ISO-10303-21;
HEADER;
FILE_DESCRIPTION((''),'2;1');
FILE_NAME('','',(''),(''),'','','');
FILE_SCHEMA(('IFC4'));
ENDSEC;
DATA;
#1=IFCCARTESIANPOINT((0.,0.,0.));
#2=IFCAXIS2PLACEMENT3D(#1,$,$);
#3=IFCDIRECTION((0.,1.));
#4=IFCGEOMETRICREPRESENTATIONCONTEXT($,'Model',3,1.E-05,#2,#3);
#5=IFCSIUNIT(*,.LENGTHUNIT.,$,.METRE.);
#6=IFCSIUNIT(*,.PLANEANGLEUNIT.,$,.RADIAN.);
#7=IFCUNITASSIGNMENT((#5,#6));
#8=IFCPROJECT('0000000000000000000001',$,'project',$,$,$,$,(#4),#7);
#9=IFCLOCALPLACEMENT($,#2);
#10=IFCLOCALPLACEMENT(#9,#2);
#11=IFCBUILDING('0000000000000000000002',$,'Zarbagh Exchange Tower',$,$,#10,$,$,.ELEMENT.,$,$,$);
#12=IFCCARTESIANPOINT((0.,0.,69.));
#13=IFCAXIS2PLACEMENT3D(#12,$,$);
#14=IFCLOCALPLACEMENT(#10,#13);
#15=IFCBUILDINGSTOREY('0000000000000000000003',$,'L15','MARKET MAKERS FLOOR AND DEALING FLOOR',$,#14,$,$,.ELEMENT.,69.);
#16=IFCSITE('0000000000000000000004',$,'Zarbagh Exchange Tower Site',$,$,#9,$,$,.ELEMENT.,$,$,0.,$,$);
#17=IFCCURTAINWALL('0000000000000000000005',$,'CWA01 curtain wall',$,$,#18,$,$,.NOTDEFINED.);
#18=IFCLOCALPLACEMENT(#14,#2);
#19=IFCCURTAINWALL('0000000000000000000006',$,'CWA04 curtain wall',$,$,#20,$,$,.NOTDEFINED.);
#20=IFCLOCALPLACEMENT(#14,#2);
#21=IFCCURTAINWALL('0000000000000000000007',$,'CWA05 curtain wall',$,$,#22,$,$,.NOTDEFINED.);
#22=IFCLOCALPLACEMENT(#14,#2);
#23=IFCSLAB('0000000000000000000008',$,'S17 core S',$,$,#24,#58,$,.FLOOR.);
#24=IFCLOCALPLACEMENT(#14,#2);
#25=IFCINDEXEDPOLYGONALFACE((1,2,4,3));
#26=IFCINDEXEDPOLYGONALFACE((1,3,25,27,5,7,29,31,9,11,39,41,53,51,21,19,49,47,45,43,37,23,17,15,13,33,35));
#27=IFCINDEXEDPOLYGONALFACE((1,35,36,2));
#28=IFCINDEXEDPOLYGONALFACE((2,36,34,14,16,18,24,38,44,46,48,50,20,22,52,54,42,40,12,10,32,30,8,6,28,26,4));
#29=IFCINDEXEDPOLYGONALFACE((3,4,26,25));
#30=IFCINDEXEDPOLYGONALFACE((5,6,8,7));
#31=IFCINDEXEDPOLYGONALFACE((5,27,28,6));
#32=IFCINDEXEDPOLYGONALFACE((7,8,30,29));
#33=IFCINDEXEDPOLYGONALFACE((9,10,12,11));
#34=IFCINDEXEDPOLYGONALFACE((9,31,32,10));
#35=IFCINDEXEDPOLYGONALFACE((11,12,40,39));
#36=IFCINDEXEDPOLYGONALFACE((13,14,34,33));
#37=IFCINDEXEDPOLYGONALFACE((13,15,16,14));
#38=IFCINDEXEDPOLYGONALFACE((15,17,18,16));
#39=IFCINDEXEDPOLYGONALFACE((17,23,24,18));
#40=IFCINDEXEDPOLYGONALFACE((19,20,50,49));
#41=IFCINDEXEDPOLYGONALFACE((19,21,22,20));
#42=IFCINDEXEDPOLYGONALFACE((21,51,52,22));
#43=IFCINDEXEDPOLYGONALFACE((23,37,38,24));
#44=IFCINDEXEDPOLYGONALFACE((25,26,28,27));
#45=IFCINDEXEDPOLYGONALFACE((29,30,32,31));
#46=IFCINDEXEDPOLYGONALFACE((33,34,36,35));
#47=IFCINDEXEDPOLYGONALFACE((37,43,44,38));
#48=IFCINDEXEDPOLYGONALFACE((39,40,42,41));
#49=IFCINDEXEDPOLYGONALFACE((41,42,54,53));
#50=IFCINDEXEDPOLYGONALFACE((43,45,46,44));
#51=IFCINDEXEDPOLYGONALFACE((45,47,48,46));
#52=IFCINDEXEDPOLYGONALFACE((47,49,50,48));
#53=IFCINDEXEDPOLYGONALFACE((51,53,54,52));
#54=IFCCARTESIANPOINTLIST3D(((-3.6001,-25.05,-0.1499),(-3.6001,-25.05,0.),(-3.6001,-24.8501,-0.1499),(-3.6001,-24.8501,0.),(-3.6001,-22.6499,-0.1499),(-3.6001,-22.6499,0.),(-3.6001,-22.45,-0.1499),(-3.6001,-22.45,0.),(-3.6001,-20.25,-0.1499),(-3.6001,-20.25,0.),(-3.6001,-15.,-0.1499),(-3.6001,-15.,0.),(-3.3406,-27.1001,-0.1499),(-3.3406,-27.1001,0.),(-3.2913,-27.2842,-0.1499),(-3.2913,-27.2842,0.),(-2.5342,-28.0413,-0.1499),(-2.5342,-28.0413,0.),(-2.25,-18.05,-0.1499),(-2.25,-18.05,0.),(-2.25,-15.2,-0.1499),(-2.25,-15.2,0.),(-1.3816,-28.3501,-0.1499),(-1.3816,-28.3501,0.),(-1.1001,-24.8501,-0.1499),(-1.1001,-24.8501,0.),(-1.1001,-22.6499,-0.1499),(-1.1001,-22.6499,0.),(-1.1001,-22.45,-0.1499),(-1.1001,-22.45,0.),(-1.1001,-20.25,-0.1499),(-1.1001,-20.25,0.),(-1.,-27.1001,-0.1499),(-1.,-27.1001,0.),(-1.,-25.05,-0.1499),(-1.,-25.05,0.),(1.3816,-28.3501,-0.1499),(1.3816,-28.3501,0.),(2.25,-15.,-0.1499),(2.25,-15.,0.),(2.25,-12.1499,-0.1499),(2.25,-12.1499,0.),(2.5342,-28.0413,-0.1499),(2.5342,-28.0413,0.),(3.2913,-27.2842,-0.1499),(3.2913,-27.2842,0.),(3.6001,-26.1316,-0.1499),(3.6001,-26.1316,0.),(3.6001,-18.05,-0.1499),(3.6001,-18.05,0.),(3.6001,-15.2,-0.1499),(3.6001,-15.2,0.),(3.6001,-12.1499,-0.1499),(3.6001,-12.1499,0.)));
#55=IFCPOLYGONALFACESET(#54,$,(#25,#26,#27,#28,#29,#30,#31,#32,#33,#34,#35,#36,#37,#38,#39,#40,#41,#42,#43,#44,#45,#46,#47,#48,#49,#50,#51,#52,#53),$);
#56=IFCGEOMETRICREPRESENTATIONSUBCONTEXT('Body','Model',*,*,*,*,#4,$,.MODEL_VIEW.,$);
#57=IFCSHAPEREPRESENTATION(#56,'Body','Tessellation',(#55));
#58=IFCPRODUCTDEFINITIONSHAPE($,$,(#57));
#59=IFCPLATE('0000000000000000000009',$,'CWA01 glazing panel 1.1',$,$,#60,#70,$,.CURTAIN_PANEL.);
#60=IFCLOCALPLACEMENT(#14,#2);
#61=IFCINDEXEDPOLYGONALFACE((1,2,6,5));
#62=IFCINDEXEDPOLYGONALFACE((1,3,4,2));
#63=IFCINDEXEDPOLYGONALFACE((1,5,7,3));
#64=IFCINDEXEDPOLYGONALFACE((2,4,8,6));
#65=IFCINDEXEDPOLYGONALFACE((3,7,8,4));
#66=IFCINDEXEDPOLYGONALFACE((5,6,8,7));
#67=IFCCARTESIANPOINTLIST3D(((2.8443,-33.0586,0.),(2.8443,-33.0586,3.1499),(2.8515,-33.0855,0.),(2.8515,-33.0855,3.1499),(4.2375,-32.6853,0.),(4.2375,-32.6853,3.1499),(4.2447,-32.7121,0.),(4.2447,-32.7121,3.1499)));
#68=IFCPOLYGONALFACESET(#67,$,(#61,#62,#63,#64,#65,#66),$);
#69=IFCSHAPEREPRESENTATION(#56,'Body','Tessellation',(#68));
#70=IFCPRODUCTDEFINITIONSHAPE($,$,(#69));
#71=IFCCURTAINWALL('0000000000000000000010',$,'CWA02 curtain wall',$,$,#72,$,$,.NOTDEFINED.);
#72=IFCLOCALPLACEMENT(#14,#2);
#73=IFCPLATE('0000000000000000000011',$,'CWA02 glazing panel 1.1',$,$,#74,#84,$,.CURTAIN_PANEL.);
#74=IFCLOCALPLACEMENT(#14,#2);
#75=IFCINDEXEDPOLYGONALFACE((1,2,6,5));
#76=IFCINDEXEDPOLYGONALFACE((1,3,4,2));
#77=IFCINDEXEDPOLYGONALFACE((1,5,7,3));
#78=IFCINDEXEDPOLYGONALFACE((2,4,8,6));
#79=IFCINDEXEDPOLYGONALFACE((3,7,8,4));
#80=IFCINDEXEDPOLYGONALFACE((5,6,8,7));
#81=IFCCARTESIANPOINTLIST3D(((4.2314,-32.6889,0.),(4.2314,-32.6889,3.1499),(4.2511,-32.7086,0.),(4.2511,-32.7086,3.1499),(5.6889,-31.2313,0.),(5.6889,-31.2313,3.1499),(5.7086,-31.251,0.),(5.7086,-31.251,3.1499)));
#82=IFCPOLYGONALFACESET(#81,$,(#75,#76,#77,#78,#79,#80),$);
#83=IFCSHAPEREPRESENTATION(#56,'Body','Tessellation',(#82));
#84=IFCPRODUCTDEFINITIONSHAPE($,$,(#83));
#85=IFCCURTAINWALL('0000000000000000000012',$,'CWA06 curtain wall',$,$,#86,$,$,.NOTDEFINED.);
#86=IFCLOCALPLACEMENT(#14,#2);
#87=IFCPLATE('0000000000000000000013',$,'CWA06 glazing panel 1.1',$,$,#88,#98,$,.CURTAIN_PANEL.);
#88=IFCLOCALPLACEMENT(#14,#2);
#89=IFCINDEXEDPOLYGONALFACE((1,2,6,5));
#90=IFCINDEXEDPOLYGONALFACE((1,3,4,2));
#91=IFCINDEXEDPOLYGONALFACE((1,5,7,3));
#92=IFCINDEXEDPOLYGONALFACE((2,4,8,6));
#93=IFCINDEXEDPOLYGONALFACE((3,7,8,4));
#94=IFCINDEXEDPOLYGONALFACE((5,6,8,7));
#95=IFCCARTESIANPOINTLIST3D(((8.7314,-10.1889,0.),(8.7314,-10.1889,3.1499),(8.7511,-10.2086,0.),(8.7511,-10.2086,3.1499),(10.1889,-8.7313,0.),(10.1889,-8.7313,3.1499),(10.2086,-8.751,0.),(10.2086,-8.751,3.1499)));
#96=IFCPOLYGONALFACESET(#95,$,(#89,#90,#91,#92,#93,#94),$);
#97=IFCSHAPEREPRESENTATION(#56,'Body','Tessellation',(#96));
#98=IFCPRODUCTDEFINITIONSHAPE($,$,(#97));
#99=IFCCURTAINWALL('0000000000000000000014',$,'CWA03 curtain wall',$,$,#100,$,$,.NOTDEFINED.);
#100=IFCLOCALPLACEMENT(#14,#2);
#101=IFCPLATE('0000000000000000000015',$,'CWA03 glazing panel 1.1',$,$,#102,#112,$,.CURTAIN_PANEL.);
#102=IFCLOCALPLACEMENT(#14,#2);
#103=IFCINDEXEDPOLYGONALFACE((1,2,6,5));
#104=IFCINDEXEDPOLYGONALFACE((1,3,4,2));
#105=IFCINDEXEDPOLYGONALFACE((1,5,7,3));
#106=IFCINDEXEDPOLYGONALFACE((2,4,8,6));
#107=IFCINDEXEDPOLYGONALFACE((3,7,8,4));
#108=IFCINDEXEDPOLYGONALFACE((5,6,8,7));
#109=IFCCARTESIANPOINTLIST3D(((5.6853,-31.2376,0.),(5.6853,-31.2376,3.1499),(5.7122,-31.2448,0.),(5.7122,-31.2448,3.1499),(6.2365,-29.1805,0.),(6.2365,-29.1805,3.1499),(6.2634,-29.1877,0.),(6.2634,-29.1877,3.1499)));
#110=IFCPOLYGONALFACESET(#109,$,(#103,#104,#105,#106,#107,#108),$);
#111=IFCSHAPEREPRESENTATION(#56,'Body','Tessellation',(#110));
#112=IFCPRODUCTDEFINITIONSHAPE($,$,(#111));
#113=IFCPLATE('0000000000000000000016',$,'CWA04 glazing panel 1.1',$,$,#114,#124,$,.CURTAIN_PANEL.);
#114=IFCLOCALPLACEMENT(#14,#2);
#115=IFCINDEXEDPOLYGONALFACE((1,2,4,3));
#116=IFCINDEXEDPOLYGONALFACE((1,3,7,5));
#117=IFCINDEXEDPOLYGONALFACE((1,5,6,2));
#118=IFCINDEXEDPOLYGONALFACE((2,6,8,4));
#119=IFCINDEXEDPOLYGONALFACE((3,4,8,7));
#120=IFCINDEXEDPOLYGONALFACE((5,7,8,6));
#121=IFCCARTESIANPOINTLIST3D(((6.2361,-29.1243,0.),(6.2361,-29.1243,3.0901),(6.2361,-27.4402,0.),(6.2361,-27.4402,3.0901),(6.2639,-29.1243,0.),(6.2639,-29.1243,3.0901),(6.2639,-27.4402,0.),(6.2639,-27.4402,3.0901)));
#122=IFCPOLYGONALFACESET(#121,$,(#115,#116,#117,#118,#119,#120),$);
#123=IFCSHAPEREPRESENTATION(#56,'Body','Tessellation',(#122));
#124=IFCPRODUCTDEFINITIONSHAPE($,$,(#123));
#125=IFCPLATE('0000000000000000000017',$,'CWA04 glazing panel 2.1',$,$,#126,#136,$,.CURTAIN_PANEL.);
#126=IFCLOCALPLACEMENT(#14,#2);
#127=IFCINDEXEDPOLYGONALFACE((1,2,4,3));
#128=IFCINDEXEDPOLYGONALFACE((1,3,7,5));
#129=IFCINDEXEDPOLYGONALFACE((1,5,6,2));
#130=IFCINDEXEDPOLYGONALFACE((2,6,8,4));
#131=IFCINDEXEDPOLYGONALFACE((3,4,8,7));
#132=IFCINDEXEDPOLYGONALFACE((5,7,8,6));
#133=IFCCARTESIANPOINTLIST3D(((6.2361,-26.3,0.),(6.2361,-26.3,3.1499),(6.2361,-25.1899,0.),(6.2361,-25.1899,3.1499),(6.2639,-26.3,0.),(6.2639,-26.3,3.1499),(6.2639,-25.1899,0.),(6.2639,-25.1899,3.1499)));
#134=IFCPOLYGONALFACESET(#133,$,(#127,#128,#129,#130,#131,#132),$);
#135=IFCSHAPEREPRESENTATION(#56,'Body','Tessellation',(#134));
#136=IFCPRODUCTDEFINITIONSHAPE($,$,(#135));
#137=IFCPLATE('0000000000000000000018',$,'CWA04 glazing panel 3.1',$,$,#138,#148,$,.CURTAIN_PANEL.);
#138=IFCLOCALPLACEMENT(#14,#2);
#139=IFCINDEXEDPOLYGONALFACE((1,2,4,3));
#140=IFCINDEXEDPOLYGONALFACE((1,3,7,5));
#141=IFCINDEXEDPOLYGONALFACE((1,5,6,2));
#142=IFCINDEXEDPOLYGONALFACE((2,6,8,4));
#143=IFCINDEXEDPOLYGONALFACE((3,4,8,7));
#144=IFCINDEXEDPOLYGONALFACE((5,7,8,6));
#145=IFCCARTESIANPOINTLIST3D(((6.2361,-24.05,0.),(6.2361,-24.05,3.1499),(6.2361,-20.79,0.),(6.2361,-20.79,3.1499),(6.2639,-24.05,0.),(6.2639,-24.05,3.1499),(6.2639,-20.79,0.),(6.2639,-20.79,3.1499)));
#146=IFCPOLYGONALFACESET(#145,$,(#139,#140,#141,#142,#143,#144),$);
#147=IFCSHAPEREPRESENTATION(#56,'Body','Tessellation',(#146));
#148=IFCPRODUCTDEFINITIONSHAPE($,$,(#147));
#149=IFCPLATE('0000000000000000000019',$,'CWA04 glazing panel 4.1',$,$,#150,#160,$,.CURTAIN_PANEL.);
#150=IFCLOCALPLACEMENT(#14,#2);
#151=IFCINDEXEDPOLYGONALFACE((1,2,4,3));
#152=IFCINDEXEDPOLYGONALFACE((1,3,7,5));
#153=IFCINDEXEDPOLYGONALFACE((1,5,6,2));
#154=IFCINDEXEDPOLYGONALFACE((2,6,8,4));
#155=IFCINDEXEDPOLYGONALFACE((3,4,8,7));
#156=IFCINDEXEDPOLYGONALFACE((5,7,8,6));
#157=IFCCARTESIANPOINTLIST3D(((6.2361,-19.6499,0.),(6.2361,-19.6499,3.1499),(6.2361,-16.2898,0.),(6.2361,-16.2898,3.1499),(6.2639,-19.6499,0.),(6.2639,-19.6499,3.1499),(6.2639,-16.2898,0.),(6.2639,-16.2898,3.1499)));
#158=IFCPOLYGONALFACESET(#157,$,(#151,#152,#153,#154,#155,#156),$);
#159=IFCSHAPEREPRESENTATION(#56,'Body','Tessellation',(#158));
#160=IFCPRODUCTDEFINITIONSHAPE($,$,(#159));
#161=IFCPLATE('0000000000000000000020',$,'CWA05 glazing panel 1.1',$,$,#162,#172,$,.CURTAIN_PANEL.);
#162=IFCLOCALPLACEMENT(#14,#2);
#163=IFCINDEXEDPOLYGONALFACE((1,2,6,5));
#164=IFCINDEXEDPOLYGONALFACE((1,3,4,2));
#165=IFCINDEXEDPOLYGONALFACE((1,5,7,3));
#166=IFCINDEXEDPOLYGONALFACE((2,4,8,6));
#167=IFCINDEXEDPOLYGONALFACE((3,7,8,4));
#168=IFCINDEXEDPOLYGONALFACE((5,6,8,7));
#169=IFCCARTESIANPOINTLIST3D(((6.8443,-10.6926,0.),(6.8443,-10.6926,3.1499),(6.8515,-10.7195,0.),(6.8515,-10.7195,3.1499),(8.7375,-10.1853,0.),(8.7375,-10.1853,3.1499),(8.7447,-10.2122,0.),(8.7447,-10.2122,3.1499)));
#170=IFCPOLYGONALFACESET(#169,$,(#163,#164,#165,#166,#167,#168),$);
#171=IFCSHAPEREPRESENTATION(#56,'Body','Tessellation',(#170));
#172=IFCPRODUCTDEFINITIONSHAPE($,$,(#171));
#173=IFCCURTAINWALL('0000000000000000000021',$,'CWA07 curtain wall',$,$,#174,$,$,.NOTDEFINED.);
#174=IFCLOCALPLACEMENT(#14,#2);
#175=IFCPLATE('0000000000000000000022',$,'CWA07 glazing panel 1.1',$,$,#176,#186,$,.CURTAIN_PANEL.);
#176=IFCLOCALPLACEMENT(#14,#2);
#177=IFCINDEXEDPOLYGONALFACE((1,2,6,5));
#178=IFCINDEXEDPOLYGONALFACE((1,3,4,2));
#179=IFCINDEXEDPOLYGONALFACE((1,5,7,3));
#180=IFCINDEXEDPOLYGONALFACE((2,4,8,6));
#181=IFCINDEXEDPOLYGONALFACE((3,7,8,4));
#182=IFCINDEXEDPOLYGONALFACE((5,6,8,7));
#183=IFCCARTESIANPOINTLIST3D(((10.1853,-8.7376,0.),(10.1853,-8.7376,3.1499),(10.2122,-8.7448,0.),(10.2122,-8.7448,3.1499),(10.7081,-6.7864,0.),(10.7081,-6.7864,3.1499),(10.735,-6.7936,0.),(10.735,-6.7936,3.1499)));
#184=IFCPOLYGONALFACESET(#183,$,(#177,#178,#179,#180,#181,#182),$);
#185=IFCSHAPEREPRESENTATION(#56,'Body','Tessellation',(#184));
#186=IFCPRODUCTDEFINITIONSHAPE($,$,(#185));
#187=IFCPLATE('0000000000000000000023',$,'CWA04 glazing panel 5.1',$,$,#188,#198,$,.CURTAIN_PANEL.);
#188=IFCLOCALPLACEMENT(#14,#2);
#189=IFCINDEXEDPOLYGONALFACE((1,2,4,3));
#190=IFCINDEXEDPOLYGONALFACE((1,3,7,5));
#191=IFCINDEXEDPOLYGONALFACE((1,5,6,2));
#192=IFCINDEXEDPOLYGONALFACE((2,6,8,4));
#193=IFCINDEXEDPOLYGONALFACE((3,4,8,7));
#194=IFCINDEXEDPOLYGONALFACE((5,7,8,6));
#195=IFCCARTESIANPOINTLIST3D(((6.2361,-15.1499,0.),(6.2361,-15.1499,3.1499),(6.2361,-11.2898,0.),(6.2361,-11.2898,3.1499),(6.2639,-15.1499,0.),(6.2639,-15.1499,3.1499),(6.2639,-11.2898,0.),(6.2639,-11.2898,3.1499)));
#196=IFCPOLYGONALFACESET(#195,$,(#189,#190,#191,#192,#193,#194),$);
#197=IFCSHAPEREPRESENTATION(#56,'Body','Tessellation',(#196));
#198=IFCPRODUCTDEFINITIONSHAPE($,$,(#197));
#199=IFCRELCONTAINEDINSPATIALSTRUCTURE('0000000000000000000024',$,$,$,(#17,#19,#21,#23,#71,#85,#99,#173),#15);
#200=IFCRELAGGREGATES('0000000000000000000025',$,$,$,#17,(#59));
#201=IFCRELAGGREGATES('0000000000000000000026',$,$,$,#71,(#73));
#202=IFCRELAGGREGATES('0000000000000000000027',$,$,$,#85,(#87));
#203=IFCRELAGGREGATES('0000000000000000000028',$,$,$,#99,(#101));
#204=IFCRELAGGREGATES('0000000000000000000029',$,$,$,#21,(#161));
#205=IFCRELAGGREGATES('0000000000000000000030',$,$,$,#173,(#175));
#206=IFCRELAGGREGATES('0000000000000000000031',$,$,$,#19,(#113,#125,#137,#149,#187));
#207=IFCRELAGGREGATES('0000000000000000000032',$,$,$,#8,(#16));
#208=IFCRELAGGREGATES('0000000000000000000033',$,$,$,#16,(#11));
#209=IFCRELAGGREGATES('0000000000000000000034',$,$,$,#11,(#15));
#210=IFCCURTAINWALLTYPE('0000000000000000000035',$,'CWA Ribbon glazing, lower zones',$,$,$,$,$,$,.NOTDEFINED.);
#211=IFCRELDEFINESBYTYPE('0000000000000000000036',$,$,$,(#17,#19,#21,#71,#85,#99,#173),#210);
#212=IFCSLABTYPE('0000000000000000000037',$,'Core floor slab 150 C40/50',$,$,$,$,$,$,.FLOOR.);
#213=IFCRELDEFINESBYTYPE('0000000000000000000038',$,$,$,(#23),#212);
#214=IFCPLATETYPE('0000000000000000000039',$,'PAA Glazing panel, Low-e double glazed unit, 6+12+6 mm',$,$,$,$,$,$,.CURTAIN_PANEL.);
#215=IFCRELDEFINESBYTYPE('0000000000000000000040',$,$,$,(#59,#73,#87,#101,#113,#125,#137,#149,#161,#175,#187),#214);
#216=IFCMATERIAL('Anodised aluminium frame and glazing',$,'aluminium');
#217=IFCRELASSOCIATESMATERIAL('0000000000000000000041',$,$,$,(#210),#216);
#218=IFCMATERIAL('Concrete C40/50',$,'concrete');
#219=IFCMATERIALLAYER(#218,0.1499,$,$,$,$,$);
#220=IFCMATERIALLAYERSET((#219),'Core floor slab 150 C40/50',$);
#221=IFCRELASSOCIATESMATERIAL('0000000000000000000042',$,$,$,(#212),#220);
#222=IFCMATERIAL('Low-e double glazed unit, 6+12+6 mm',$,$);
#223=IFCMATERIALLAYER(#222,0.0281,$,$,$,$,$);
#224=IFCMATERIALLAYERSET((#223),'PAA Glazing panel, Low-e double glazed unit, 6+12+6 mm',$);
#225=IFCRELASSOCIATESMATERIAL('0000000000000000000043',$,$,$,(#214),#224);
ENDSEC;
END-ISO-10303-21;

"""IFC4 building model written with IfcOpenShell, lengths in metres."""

from ifc_helpers import new_model, si_unit, direction, frame, origin, place, context, subcontext, project, spatial, polyline, outline, extrude, source, transform, mapped, material, layer, layer_set, type_object, element, aggregate, save


model = new_model("IFC4")

# Units and contexts
model_context = context("Model", 3, precision=1e-05, world=origin(), true_north=direction((0.0, 1.0)))
body_context = subcontext(model_context, "Body", "Model", "MODEL_VIEW")
ifc_project = project(units=[si_unit("LENGTHUNIT", "METRE"), si_unit("PLANEANGLEUNIT", "RADIAN")], contexts=[model_context])

# Site, building, storey
site_placement = place(None, origin())
site = spatial("IfcSite", under=ifc_project, at=site_placement, Name="Zarbagh Exchange Tower Site", CompositionType="ELEMENT", RefElevation=0.0)
building_placement = place(site_placement, origin())
building = spatial("IfcBuilding", under=site, at=building_placement, Name="Zarbagh Exchange Tower", CompositionType="ELEMENT")
storey_placement = place(building_placement, frame((0.0, 0.0, 69.0)))
storey = spatial("IfcBuildingStorey", under=building, at=storey_placement, Name="L15", Description="MARKET MAKERS FLOOR AND DEALING FLOOR", CompositionType="ELEMENT", Elevation=69.0)

# Curtain wall
ifc_material_1 = material(Name="Anodised aluminium frame and glazing", Category="aluminium")
curtain_wall_type = type_object("IfcCurtainWallType", Name="CWA Ribbon glazing, lower zones", PredefinedType="NOTDEFINED", material=ifc_material_1)
curtain_wall_1_placement = place(storey_placement, origin())
curtain_wall_1 = element("IfcCurtainWall", 1, at=curtain_wall_1_placement, inside=storey, type_object=curtain_wall_type, Name="CWA01 curtain wall", PredefinedType="NOTDEFINED")
placement = place(storey_placement, origin())

# Curtain wall
curtain_wall_2_placement = place(storey_placement, origin())
curtain_wall_2 = element("IfcCurtainWall", 2, at=curtain_wall_2_placement, inside=storey, type_object=curtain_wall_type, Name="CWA04 curtain wall", PredefinedType="NOTDEFINED")

# Curtain wall
curtain_wall_3_placement = place(storey_placement, origin())
curtain_wall_3 = element("IfcCurtainWall", 3, at=curtain_wall_3_placement, inside=storey, type_object=curtain_wall_type, Name="CWA05 curtain wall", PredefinedType="NOTDEFINED")

# Slab
ifc_material_2 = material(Name="Concrete C40/50", Category="concrete")
ifc_layer_1 = layer(ifc_material_2, 0.1499)
ifc_layer_set_1 = layer_set([ifc_layer_1], Name="Core floor slab 150 C40/50")
slab_type = type_object("IfcSlabType", Name="Core floor slab 150 C40/50", PredefinedType="FLOOR", material=ifc_layer_set_1)
slab_1_placement = place(storey_placement, frame((0.0, 0.0, -0.1499)))
element("IfcSlab", 4, at=slab_1_placement, inside=storey, type_object=slab_type, Name="S17 core S", PredefinedType="FLOOR", context=body_context, shape_type="SweptSolid", body=[
    extrude(outline(polyline([(-2.5342, -28.0413), (-3.2913, -27.2842), (-3.3406, -27.1001), (-1.0, -27.1001), (-1.0, -25.05), (-3.6001, -25.05), (-3.6001, -24.8501), (-1.1001, -24.8501), (-1.1001, -22.6499), (-3.6001, -22.6499), (-3.6001, -22.45), (-1.1001, -22.45), (-1.1001, -20.25), (-3.6001, -20.25), (-3.6001, -15.0), (2.25, -15.0), (2.25, -12.1499), (3.6001, -12.1499), (3.6001, -15.2), (-2.25, -15.2), (-2.25, -18.05), (3.6001, -18.05), (3.6001, -26.1316), (3.2913, -27.2842), (2.5342, -28.0413), (1.3816, -28.3501), (-1.3816, -28.3501), (-2.5342, -28.0413)])), origin(), (0.0, 0.0, 1.0), 0.1499),
])

# Plate
ifc_material_3 = material(Name="Low-e double glazed unit, 6+12+6 mm")
ifc_layer_2 = layer(ifc_material_3, 0.0281)
ifc_layer_set_2 = layer_set([ifc_layer_2], Name="PAA Glazing panel, Low-e double glazed unit, 6+12+6 mm")
plate_type = type_object("IfcPlateType", Name="PAA Glazing panel, Low-e double glazed unit, 6+12+6 mm", PredefinedType="CURTAIN_PANEL", material=ifc_layer_set_2)
shared_shape_1 = source(origin(), body_context, "Body", "SweptSolid", [
    extrude(outline(polyline([(0.0, -0.0139), (1.4424, -0.0139), (1.4424, 0.0139), (0.0, 0.0139), (0.0, -0.0139)])), origin(), (0.0, 0.0, 1.0), 3.1499),
])
plate_1 = element("IfcPlate", 5, at=placement, type_object=plate_type, Name="CWA01 glazing panel 1.1", PredefinedType="CURTAIN_PANEL", context=body_context, shape_type="MappedRepresentation", body=[
    mapped(shared_shape_1, transform((2.8479, -33.072, 0.0), x_axis=(0.965924, 0.258825, 0.0), y_axis=(-0.258825, 0.965924, 0.0), z_axis=(0.0, 0.0, 1.0))),
])
aggregate(curtain_wall_1, [plate_1])

# Curtain walls, plates
curtain_wall_4_placement = place(storey_placement, origin())
curtain_wall_4 = element("IfcCurtainWall", 6, at=curtain_wall_4_placement, inside=storey, type_object=curtain_wall_type, Name="CWA02 curtain wall", PredefinedType="NOTDEFINED")
shared_shape_2 = source(origin(), body_context, "Body", "SweptSolid", [
    extrude(outline(polyline([(0.0, -0.0139), (2.0613, -0.0139), (2.0613, 0.0139), (0.0, 0.0139), (0.0, -0.0139)])), origin(), (0.0, 0.0, 1.0), 3.1499),
])
plate_2 = element("IfcPlate", 7, at=placement, type_object=plate_type, Name="CWA02 glazing panel 1.1", PredefinedType="CURTAIN_PANEL", context=body_context, shape_type="MappedRepresentation", body=[
    mapped(shared_shape_2, transform((4.2412, -32.6987, 0.0), x_axis=(0.707107, 0.707107, 0.0), y_axis=(-0.707107, 0.707107, 0.0), z_axis=(0.0, 0.0, 1.0))),
])
aggregate(curtain_wall_4, [plate_2])
curtain_wall_5_placement = place(storey_placement, origin())
curtain_wall_5 = element("IfcCurtainWall", 8, at=curtain_wall_5_placement, inside=storey, type_object=curtain_wall_type, Name="CWA06 curtain wall", PredefinedType="NOTDEFINED")
plate_3 = element("IfcPlate", 9, at=placement, type_object=plate_type, Name="CWA06 glazing panel 1.1", PredefinedType="CURTAIN_PANEL", context=body_context, shape_type="MappedRepresentation", body=[
    mapped(shared_shape_2, transform((8.7412, -10.1987, 0.0), x_axis=(0.707107, 0.707107, 0.0), y_axis=(-0.707107, 0.707107, 0.0), z_axis=(0.0, 0.0, 1.0))),
])
aggregate(curtain_wall_5, [plate_3])
curtain_wall_6_placement = place(storey_placement, origin())
curtain_wall_6 = element("IfcCurtainWall", 10, at=curtain_wall_6_placement, inside=storey, type_object=curtain_wall_type, Name="CWA03 curtain wall", PredefinedType="NOTDEFINED")
shared_shape_3 = source(origin(), body_context, "Body", "SweptSolid", [
    extrude(outline(polyline([(0.0, -0.0139), (2.1296, -0.0139), (2.1296, 0.0139), (0.0, 0.0139), (0.0, -0.0139)])), origin(), (0.0, 0.0, 1.0), 3.1499),
])
plate_4 = element("IfcPlate", 11, at=placement, type_object=plate_type, Name="CWA03 glazing panel 1.1", PredefinedType="CURTAIN_PANEL", context=body_context, shape_type="MappedRepresentation", body=[
    mapped(shared_shape_3, transform((5.6987, -31.2412, 0.0), x_axis=(0.258825, 0.965924, 0.0), y_axis=(-0.965924, 0.258825, 0.0), z_axis=(0.0, 0.0, 1.0))),
])
aggregate(curtain_wall_6, [plate_4])

# Plates
shared_shape_4 = source(origin(), body_context, "Body", "SweptSolid", [
    extrude(outline(polyline([(0.0, -0.0139), (1.6841, -0.0139), (1.6841, 0.0139), (0.0, 0.0139), (0.0, -0.0139)])), origin(), (0.0, 0.0, 1.0), 3.0901),
])
plate_5 = element("IfcPlate", 12, at=placement, type_object=plate_type, Name="CWA04 glazing panel 1.1", PredefinedType="CURTAIN_PANEL", context=body_context, shape_type="MappedRepresentation", body=[
    mapped(shared_shape_4, transform((6.25, -29.1243, 0.0), x_axis=(0.0, 1.0, 0.0), y_axis=(-1.0, 0.0, 0.0), z_axis=(0.0, 0.0, 1.0))),
])
shared_shape_5 = source(origin(), body_context, "Body", "SweptSolid", [
    extrude(outline(polyline([(0.0, -0.0139), (1.1101, -0.0139), (1.1101, 0.0139), (0.0, 0.0139), (0.0, -0.0139)])), origin(), (0.0, 0.0, 1.0), 3.1499),
])
plate_6 = element("IfcPlate", 13, at=placement, type_object=plate_type, Name="CWA04 glazing panel 2.1", PredefinedType="CURTAIN_PANEL", context=body_context, shape_type="MappedRepresentation", body=[
    mapped(shared_shape_5, transform((6.25, -26.3, 0.0), x_axis=(0.0, 1.0, 0.0), y_axis=(-1.0, 0.0, 0.0), z_axis=(0.0, 0.0, 1.0))),
])
shared_shape_6 = source(origin(), body_context, "Body", "SweptSolid", [
    extrude(outline(polyline([(0.0, -0.0139), (3.26, -0.0139), (3.26, 0.0139), (0.0, 0.0139), (0.0, -0.0139)])), origin(), (0.0, 0.0, 1.0), 3.1499),
])
plate_7 = element("IfcPlate", 14, at=placement, type_object=plate_type, Name="CWA04 glazing panel 3.1", PredefinedType="CURTAIN_PANEL", context=body_context, shape_type="MappedRepresentation", body=[
    mapped(shared_shape_6, transform((6.25, -24.05, 0.0), x_axis=(0.0, 1.0, 0.0), y_axis=(-1.0, 0.0, 0.0), z_axis=(0.0, 0.0, 1.0))),
])
shared_shape_7 = source(origin(), body_context, "Body", "SweptSolid", [
    extrude(outline(polyline([(0.0, -0.0139), (3.3601, -0.0139), (3.3601, 0.0139), (0.0, 0.0139), (0.0, -0.0139)])), origin(), (0.0, 0.0, 1.0), 3.1499),
])
plate_8 = element("IfcPlate", 15, at=placement, type_object=plate_type, Name="CWA04 glazing panel 4.1", PredefinedType="CURTAIN_PANEL", context=body_context, shape_type="MappedRepresentation", body=[
    mapped(shared_shape_7, transform((6.25, -19.6499, 0.0), x_axis=(0.0, 1.0, 0.0), y_axis=(-1.0, 0.0, 0.0), z_axis=(0.0, 0.0, 1.0))),
])
shared_shape_8 = source(origin(), body_context, "Body", "SweptSolid", [
    extrude(outline(polyline([(0.0, -0.0139), (1.96, -0.0139), (1.96, 0.0139), (0.0, 0.0139), (0.0, -0.0139)])), origin(), (0.0, 0.0, 1.0), 3.1499),
])
plate_9 = element("IfcPlate", 16, at=placement, type_object=plate_type, Name="CWA05 glazing panel 1.1", PredefinedType="CURTAIN_PANEL", context=body_context, shape_type="MappedRepresentation", body=[
    mapped(shared_shape_8, transform((6.8479, -10.7061, 0.0), x_axis=(0.965924, 0.258825, 0.0), y_axis=(-0.258825, 0.965924, 0.0), z_axis=(0.0, 0.0, 1.0))),
])
aggregate(curtain_wall_3, [plate_9])

# Curtain wall, plate
curtain_wall_7_placement = place(storey_placement, origin())
curtain_wall_7 = element("IfcCurtainWall", 17, at=curtain_wall_7_placement, inside=storey, type_object=curtain_wall_type, Name="CWA07 curtain wall", PredefinedType="NOTDEFINED")
shared_shape_9 = source(origin(), body_context, "Body", "SweptSolid", [
    extrude(outline(polyline([(0.0, -0.0139), (2.02, -0.0139), (2.02, 0.0139), (0.0, 0.0139), (0.0, -0.0139)])), origin(), (0.0, 0.0, 1.0), 3.1499),
])
plate_10 = element("IfcPlate", 18, at=placement, type_object=plate_type, Name="CWA07 glazing panel 1.1", PredefinedType="CURTAIN_PANEL", context=body_context, shape_type="MappedRepresentation", body=[
    mapped(shared_shape_9, transform((10.1987, -8.7412, 0.0), x_axis=(0.258825, 0.965924, 0.0), y_axis=(-0.965924, 0.258825, 0.0), z_axis=(0.0, 0.0, 1.0))),
])
aggregate(curtain_wall_7, [plate_10])

# Plate
shared_shape_10 = source(origin(), body_context, "Body", "SweptSolid", [
    extrude(outline(polyline([(0.0, -0.0139), (3.8601, -0.0139), (3.8601, 0.0139), (0.0, 0.0139), (0.0, -0.0139)])), origin(), (0.0, 0.0, 1.0), 3.1499),
])
plate_11 = element("IfcPlate", 19, at=placement, type_object=plate_type, Name="CWA04 glazing panel 5.1", PredefinedType="CURTAIN_PANEL", context=body_context, shape_type="MappedRepresentation", body=[
    mapped(shared_shape_10, transform((6.25, -15.1499, 0.0), x_axis=(0.0, 1.0, 0.0), y_axis=(-1.0, 0.0, 0.0), z_axis=(0.0, 0.0, 1.0))),
])
aggregate(curtain_wall_2, [plate_5, plate_6, plate_7, plate_8, plate_11])

save(model, "model.ifc")
